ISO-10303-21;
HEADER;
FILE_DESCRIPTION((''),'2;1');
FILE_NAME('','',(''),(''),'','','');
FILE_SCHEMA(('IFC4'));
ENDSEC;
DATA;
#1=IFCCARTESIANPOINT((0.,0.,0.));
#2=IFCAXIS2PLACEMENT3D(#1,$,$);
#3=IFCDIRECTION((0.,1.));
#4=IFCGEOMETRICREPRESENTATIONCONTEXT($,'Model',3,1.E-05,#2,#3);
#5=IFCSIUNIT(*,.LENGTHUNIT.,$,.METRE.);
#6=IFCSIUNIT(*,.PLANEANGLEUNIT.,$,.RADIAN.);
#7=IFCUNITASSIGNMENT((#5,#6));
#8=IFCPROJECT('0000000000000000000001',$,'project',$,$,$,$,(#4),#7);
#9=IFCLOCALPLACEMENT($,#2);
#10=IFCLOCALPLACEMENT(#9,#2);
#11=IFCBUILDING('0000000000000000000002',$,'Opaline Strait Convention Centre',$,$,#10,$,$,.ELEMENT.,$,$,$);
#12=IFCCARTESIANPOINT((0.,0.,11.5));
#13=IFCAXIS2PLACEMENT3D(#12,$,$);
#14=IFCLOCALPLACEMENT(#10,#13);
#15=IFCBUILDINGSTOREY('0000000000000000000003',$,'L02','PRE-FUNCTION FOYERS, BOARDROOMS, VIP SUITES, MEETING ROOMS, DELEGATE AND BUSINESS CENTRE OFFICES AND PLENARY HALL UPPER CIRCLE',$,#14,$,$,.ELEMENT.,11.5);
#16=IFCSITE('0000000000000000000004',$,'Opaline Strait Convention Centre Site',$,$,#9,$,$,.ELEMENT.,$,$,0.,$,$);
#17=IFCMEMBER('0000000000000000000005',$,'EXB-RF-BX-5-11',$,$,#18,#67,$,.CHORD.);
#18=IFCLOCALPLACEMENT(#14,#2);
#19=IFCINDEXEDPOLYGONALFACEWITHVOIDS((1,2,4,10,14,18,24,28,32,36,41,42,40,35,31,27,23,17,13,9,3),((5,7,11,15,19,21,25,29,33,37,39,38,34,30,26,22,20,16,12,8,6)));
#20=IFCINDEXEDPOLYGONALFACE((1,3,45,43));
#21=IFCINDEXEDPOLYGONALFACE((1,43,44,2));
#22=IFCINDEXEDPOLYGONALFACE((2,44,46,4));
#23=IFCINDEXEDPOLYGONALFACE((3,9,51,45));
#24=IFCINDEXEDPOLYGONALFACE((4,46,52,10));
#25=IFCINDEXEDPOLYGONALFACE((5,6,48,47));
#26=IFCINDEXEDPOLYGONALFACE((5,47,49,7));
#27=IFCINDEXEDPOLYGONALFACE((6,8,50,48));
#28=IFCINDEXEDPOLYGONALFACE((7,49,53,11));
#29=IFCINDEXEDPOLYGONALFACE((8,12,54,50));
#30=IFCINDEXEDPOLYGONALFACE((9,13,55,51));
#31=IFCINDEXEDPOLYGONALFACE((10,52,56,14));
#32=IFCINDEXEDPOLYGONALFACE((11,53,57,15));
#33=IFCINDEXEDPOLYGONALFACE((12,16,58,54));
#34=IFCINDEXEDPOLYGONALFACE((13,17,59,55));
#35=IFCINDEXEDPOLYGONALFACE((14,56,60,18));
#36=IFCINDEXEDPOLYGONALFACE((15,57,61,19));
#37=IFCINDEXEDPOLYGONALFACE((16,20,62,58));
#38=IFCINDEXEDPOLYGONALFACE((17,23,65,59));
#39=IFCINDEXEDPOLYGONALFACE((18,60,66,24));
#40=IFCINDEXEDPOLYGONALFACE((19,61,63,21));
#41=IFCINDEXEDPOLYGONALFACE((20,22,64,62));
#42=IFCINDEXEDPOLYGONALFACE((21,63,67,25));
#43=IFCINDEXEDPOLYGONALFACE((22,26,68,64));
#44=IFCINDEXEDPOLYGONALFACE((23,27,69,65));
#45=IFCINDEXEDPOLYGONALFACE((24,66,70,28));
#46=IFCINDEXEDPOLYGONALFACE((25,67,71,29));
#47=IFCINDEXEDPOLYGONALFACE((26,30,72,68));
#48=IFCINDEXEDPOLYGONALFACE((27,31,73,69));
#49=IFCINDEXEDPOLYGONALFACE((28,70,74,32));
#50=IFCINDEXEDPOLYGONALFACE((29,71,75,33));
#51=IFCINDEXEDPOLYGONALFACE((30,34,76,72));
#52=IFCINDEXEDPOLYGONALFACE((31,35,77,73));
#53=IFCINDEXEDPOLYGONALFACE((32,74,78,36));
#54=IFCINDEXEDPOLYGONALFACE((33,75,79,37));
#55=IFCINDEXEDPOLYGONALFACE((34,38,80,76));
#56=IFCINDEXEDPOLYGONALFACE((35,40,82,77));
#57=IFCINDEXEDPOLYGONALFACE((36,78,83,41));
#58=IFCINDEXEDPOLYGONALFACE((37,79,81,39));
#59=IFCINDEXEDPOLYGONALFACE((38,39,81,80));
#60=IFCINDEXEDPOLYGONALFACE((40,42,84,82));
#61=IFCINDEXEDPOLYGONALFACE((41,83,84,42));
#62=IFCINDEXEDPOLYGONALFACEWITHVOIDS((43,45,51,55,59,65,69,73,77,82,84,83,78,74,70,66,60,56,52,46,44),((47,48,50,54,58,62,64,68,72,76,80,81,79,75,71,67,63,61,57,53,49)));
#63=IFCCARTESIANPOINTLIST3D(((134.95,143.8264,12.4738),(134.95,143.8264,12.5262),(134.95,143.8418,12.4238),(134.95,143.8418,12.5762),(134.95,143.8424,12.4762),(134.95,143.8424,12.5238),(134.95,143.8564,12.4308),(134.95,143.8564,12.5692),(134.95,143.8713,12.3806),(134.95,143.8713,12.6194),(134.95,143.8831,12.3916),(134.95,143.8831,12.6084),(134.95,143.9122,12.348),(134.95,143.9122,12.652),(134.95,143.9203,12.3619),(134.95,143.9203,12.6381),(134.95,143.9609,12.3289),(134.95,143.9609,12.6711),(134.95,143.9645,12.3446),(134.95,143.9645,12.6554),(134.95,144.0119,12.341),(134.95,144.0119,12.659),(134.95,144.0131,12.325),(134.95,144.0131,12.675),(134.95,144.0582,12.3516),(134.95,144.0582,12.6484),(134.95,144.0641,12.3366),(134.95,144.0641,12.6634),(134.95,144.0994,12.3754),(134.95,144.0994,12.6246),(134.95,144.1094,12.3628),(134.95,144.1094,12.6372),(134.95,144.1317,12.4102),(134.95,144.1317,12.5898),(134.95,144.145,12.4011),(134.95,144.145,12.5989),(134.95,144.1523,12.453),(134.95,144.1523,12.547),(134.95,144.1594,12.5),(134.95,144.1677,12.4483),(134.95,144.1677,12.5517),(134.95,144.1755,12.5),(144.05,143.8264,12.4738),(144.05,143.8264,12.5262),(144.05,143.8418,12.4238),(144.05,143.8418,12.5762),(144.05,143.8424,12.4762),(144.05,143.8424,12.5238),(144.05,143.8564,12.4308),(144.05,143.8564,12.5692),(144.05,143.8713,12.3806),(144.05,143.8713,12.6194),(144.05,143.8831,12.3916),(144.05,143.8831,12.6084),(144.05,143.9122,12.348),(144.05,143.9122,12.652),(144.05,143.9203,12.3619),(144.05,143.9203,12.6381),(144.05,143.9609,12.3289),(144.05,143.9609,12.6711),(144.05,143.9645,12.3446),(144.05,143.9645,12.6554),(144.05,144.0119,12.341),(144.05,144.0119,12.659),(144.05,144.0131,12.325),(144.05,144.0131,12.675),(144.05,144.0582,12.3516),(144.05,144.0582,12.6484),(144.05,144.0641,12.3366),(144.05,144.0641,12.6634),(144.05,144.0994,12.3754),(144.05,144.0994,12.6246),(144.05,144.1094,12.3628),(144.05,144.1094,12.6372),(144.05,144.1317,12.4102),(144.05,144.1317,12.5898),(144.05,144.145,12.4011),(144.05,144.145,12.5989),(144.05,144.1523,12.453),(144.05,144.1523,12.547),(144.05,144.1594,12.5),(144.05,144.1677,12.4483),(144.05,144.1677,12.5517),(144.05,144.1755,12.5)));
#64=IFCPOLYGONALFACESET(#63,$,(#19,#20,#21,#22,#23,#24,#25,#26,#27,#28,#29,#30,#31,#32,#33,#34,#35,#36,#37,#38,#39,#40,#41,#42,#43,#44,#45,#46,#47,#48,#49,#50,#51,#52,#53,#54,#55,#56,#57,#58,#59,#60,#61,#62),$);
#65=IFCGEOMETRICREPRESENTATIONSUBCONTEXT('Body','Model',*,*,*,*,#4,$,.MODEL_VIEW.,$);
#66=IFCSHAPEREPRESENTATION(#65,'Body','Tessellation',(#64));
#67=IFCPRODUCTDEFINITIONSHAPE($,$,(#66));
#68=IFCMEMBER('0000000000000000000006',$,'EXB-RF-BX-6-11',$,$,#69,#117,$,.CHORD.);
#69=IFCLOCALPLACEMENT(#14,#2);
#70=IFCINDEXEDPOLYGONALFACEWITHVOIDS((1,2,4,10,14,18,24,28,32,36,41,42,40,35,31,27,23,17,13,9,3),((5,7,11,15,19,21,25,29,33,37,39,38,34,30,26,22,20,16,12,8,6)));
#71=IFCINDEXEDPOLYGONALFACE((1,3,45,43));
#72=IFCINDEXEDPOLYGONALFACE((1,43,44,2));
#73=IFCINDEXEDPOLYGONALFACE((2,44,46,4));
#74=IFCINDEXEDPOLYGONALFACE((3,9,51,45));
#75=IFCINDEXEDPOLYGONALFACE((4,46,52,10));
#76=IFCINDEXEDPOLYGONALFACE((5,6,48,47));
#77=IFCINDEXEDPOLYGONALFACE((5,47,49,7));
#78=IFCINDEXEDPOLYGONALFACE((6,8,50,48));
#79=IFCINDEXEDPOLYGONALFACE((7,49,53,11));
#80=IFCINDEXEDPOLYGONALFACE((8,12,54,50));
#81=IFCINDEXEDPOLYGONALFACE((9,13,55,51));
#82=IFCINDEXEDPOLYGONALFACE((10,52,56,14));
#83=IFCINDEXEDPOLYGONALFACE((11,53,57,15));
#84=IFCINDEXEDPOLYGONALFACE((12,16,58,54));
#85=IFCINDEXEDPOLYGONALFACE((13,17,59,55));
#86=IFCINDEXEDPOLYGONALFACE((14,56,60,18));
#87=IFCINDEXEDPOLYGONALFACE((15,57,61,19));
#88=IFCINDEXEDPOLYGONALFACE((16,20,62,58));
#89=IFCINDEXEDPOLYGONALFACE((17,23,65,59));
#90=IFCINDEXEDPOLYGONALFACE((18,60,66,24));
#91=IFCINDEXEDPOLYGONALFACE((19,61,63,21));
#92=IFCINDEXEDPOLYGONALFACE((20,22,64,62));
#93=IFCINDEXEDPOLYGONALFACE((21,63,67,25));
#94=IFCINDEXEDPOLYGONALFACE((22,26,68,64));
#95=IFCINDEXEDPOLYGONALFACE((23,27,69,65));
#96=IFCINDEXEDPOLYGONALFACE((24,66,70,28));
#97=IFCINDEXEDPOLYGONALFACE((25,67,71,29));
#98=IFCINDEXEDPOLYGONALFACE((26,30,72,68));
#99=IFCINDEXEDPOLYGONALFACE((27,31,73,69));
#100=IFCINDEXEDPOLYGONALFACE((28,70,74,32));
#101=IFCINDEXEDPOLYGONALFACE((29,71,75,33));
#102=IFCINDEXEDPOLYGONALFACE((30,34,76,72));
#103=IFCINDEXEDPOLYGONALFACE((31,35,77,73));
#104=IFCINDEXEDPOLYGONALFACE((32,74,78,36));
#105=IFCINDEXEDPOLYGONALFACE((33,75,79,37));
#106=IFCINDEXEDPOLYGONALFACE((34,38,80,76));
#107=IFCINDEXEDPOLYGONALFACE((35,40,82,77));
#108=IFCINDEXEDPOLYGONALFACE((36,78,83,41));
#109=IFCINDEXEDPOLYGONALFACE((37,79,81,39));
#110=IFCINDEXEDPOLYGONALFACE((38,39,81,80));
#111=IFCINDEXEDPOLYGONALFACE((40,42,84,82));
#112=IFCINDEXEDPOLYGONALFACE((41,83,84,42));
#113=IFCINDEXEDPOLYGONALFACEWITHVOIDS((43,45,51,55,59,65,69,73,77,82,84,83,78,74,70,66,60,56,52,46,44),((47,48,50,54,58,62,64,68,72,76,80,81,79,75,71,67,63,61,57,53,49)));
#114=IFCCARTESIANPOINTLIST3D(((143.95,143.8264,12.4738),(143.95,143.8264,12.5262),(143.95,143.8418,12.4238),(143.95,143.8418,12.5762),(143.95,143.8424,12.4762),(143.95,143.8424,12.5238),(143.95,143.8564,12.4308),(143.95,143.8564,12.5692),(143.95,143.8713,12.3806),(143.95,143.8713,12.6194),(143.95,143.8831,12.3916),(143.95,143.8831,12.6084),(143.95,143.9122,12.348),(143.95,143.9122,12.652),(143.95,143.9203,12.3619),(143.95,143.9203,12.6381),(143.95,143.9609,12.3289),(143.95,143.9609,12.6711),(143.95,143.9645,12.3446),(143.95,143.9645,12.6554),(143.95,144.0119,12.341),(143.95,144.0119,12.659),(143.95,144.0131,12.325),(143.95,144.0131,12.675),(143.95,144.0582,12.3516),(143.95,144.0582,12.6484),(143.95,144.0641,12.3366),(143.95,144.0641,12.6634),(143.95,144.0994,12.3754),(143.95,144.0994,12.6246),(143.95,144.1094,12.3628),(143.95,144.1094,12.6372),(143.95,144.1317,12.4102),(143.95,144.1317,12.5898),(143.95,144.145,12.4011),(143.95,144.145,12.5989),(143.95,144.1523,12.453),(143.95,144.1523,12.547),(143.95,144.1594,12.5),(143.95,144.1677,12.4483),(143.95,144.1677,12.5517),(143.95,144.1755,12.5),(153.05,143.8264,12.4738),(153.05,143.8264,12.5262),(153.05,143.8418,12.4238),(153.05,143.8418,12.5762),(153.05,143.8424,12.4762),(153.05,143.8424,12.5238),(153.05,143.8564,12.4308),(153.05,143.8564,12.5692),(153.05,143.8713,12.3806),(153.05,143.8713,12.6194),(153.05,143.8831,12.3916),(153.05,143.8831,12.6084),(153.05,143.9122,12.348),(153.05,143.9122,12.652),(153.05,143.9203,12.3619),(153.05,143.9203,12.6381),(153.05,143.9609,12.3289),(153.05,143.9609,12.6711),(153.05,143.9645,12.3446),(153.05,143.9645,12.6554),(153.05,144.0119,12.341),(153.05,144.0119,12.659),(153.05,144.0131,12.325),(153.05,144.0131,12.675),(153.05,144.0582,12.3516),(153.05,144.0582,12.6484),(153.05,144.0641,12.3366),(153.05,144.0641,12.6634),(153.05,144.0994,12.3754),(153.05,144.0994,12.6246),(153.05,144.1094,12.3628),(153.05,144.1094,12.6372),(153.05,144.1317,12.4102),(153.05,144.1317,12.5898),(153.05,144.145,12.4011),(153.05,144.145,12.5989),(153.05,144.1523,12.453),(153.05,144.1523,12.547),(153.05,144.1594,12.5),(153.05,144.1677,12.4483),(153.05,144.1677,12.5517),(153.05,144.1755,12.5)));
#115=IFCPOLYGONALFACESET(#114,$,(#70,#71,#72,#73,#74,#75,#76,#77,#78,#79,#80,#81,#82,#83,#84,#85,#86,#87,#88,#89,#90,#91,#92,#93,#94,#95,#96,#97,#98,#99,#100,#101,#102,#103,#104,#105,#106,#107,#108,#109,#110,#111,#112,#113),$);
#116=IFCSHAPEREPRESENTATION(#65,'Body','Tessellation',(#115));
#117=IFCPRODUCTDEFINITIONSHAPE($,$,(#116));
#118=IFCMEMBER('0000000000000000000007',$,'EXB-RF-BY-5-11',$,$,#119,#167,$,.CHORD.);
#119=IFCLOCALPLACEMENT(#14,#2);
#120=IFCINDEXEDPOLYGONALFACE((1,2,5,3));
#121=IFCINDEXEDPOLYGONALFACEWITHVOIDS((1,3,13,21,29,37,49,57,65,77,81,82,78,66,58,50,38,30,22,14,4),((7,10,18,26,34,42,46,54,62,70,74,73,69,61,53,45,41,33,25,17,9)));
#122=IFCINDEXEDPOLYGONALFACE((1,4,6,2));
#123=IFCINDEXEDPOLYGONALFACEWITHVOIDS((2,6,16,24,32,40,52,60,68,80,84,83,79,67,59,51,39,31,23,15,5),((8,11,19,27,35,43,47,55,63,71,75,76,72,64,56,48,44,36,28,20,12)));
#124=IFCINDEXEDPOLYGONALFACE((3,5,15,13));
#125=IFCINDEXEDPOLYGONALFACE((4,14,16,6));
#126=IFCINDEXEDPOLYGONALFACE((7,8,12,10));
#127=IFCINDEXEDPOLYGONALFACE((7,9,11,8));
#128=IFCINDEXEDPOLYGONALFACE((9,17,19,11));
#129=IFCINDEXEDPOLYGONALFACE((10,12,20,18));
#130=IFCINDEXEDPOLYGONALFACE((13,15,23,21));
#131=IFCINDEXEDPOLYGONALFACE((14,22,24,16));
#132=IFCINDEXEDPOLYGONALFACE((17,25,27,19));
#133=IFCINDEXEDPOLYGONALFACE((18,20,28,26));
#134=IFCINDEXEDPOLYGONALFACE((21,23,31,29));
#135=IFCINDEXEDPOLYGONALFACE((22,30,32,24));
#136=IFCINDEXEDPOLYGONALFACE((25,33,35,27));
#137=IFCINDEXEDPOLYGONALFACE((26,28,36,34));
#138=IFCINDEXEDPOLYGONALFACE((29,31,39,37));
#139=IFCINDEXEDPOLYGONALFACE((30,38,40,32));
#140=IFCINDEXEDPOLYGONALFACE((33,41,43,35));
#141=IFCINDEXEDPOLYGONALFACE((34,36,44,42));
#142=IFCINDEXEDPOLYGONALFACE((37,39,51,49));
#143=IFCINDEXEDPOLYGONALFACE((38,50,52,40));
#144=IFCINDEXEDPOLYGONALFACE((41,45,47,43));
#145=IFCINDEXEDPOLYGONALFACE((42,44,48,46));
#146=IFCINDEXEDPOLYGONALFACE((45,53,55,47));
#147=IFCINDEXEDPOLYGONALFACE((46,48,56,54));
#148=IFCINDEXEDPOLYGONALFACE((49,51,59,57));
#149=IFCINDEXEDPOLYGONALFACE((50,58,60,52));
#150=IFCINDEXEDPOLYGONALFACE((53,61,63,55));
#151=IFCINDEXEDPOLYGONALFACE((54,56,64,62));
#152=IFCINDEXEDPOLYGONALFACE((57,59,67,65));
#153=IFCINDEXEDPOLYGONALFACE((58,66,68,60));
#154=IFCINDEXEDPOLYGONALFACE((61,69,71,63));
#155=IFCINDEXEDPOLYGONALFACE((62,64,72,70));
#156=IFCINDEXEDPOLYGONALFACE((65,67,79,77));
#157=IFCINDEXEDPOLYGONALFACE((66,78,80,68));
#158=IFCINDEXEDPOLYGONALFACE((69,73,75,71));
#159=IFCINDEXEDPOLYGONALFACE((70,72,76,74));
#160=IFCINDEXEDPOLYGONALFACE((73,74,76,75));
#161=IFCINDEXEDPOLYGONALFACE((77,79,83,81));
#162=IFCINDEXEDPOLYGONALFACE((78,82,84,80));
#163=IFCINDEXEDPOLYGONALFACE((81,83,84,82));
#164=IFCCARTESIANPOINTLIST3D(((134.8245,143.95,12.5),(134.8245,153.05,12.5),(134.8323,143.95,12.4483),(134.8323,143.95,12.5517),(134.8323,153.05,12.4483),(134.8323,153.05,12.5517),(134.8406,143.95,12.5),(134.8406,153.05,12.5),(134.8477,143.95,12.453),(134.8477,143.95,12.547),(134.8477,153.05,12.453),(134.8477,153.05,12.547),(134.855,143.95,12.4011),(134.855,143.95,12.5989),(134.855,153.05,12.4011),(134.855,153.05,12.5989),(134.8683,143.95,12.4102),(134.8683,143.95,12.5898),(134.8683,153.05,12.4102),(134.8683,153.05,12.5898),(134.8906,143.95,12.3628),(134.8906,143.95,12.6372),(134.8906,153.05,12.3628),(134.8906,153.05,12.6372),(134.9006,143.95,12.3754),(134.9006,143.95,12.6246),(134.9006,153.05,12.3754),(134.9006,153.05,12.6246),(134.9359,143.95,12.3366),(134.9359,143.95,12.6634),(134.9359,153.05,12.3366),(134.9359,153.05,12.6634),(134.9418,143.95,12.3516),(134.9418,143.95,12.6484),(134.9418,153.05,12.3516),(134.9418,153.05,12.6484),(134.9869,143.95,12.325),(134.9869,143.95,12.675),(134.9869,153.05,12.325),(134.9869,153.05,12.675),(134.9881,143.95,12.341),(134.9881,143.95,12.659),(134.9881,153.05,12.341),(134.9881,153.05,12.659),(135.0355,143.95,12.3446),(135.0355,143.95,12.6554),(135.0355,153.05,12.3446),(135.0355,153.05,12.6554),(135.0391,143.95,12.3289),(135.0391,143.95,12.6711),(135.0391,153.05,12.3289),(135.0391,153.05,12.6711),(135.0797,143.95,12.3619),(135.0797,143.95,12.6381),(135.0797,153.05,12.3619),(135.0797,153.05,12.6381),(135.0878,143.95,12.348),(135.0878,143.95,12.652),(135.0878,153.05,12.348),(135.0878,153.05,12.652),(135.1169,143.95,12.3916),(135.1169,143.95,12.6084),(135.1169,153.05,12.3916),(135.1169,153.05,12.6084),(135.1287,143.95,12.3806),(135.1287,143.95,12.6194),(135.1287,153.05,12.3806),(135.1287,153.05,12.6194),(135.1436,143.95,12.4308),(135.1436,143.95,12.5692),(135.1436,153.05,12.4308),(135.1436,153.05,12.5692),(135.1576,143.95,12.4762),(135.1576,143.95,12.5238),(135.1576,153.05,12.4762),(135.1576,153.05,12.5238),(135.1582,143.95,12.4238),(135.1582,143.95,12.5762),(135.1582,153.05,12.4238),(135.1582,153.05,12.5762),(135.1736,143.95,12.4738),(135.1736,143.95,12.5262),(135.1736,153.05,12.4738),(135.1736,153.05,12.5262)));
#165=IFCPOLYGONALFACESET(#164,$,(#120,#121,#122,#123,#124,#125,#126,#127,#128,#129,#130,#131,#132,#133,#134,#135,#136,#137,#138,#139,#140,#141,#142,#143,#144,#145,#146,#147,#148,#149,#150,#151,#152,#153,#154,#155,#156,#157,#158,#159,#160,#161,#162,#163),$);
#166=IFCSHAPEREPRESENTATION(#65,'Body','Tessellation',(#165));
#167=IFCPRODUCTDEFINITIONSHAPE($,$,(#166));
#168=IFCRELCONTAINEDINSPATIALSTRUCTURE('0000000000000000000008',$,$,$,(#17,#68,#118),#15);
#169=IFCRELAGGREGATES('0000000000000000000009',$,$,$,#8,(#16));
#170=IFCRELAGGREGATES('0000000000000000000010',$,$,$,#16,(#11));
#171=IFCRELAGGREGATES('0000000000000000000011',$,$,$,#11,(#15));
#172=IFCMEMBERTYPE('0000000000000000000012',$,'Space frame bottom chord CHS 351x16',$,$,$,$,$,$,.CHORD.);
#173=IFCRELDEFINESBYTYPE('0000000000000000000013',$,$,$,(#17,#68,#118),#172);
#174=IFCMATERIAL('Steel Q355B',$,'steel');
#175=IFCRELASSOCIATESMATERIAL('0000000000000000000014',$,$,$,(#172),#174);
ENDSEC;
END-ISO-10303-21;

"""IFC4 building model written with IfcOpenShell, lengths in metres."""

from ifc_helpers import new_model, si_unit, direction, frame, origin, origin_2d, place, context, subcontext, project, spatial, hollow_circle, extrude, material, material_profile, profile_set, type_object, element, save


model = new_model("IFC4")

# Units and contexts
model_context = context("Model", 3, precision=1e-05, world=origin(), true_north=direction((0.0, 1.0)))
body_context = subcontext(model_context, "Body", "Model", "MODEL_VIEW")
ifc_project = project(units=[si_unit("LENGTHUNIT", "METRE"), si_unit("PLANEANGLEUNIT", "RADIAN")], contexts=[model_context])

# Site, building, storey
site_placement = place(None, origin())
site = spatial("IfcSite", under=ifc_project, at=site_placement, Name="Opaline Strait Convention Centre Site", CompositionType="ELEMENT", RefElevation=0.0)
building_placement = place(site_placement, origin())
building = spatial("IfcBuilding", under=site, at=building_placement, Name="Opaline Strait Convention Centre", CompositionType="ELEMENT")
storey_placement = place(building_placement, frame((0.0, 0.0, 11.5)))
storey = spatial("IfcBuildingStorey", under=building, at=storey_placement, Name="L02", Description="PRE-FUNCTION FOYERS, BOARDROOMS, VIP SUITES, MEETING ROOMS, DELEGATE AND BUSINESS CENTRE OFFICES AND PLENARY HALL UPPER CIRCLE", CompositionType="ELEMENT", Elevation=11.5)

# Members
ifc_material_1 = material(Name="Steel Q355B", Category="steel")
ifc_material_profile_1 = material_profile(ifc_material_1, hollow_circle(Radius=0.1755, WallThickness=0.0161, at=origin_2d()), Name="CHS 351x16")
ifc_profile_set_1 = profile_set([ifc_material_profile_1], Name="Steel Q355B")
member_type_1 = type_object("IfcMemberType", Name="Space frame bottom chord CHS 351x16", PredefinedType="CHORD", material=ifc_profile_set_1)
for number, where, z_axis, x_axis, name in (
    (1, (134.95, 144.0, 12.5), (1.0, 0.0, 0.0), (0.0, 1.0, 0.0), "EXB-RF-BX-5-11"),
    (2, (143.95, 144.0, 12.5), (1.0, 0.0, 0.0), (0.0, 1.0, 0.0), "EXB-RF-BX-6-11"),
    (3, (135.0, 143.95, 12.5), (0.0, 1.0, 0.0), (-1.0, 0.0, 0.0), "EXB-RF-BY-5-11"),
):
    element("IfcMember", number, at=place(storey_placement, frame(where, z_axis=z_axis, x_axis=x_axis)), inside=storey, type_object=member_type_1, Name=name, PredefinedType="CHORD", context=body_context, shape_type="SweptSolid", body=[
        extrude(hollow_circle(Radius=0.1755, WallThickness=0.0161, at=origin_2d()), origin(), (0.0, 0.0, 1.0), 9.1001),
    ])

save(model, "model.ifc")
